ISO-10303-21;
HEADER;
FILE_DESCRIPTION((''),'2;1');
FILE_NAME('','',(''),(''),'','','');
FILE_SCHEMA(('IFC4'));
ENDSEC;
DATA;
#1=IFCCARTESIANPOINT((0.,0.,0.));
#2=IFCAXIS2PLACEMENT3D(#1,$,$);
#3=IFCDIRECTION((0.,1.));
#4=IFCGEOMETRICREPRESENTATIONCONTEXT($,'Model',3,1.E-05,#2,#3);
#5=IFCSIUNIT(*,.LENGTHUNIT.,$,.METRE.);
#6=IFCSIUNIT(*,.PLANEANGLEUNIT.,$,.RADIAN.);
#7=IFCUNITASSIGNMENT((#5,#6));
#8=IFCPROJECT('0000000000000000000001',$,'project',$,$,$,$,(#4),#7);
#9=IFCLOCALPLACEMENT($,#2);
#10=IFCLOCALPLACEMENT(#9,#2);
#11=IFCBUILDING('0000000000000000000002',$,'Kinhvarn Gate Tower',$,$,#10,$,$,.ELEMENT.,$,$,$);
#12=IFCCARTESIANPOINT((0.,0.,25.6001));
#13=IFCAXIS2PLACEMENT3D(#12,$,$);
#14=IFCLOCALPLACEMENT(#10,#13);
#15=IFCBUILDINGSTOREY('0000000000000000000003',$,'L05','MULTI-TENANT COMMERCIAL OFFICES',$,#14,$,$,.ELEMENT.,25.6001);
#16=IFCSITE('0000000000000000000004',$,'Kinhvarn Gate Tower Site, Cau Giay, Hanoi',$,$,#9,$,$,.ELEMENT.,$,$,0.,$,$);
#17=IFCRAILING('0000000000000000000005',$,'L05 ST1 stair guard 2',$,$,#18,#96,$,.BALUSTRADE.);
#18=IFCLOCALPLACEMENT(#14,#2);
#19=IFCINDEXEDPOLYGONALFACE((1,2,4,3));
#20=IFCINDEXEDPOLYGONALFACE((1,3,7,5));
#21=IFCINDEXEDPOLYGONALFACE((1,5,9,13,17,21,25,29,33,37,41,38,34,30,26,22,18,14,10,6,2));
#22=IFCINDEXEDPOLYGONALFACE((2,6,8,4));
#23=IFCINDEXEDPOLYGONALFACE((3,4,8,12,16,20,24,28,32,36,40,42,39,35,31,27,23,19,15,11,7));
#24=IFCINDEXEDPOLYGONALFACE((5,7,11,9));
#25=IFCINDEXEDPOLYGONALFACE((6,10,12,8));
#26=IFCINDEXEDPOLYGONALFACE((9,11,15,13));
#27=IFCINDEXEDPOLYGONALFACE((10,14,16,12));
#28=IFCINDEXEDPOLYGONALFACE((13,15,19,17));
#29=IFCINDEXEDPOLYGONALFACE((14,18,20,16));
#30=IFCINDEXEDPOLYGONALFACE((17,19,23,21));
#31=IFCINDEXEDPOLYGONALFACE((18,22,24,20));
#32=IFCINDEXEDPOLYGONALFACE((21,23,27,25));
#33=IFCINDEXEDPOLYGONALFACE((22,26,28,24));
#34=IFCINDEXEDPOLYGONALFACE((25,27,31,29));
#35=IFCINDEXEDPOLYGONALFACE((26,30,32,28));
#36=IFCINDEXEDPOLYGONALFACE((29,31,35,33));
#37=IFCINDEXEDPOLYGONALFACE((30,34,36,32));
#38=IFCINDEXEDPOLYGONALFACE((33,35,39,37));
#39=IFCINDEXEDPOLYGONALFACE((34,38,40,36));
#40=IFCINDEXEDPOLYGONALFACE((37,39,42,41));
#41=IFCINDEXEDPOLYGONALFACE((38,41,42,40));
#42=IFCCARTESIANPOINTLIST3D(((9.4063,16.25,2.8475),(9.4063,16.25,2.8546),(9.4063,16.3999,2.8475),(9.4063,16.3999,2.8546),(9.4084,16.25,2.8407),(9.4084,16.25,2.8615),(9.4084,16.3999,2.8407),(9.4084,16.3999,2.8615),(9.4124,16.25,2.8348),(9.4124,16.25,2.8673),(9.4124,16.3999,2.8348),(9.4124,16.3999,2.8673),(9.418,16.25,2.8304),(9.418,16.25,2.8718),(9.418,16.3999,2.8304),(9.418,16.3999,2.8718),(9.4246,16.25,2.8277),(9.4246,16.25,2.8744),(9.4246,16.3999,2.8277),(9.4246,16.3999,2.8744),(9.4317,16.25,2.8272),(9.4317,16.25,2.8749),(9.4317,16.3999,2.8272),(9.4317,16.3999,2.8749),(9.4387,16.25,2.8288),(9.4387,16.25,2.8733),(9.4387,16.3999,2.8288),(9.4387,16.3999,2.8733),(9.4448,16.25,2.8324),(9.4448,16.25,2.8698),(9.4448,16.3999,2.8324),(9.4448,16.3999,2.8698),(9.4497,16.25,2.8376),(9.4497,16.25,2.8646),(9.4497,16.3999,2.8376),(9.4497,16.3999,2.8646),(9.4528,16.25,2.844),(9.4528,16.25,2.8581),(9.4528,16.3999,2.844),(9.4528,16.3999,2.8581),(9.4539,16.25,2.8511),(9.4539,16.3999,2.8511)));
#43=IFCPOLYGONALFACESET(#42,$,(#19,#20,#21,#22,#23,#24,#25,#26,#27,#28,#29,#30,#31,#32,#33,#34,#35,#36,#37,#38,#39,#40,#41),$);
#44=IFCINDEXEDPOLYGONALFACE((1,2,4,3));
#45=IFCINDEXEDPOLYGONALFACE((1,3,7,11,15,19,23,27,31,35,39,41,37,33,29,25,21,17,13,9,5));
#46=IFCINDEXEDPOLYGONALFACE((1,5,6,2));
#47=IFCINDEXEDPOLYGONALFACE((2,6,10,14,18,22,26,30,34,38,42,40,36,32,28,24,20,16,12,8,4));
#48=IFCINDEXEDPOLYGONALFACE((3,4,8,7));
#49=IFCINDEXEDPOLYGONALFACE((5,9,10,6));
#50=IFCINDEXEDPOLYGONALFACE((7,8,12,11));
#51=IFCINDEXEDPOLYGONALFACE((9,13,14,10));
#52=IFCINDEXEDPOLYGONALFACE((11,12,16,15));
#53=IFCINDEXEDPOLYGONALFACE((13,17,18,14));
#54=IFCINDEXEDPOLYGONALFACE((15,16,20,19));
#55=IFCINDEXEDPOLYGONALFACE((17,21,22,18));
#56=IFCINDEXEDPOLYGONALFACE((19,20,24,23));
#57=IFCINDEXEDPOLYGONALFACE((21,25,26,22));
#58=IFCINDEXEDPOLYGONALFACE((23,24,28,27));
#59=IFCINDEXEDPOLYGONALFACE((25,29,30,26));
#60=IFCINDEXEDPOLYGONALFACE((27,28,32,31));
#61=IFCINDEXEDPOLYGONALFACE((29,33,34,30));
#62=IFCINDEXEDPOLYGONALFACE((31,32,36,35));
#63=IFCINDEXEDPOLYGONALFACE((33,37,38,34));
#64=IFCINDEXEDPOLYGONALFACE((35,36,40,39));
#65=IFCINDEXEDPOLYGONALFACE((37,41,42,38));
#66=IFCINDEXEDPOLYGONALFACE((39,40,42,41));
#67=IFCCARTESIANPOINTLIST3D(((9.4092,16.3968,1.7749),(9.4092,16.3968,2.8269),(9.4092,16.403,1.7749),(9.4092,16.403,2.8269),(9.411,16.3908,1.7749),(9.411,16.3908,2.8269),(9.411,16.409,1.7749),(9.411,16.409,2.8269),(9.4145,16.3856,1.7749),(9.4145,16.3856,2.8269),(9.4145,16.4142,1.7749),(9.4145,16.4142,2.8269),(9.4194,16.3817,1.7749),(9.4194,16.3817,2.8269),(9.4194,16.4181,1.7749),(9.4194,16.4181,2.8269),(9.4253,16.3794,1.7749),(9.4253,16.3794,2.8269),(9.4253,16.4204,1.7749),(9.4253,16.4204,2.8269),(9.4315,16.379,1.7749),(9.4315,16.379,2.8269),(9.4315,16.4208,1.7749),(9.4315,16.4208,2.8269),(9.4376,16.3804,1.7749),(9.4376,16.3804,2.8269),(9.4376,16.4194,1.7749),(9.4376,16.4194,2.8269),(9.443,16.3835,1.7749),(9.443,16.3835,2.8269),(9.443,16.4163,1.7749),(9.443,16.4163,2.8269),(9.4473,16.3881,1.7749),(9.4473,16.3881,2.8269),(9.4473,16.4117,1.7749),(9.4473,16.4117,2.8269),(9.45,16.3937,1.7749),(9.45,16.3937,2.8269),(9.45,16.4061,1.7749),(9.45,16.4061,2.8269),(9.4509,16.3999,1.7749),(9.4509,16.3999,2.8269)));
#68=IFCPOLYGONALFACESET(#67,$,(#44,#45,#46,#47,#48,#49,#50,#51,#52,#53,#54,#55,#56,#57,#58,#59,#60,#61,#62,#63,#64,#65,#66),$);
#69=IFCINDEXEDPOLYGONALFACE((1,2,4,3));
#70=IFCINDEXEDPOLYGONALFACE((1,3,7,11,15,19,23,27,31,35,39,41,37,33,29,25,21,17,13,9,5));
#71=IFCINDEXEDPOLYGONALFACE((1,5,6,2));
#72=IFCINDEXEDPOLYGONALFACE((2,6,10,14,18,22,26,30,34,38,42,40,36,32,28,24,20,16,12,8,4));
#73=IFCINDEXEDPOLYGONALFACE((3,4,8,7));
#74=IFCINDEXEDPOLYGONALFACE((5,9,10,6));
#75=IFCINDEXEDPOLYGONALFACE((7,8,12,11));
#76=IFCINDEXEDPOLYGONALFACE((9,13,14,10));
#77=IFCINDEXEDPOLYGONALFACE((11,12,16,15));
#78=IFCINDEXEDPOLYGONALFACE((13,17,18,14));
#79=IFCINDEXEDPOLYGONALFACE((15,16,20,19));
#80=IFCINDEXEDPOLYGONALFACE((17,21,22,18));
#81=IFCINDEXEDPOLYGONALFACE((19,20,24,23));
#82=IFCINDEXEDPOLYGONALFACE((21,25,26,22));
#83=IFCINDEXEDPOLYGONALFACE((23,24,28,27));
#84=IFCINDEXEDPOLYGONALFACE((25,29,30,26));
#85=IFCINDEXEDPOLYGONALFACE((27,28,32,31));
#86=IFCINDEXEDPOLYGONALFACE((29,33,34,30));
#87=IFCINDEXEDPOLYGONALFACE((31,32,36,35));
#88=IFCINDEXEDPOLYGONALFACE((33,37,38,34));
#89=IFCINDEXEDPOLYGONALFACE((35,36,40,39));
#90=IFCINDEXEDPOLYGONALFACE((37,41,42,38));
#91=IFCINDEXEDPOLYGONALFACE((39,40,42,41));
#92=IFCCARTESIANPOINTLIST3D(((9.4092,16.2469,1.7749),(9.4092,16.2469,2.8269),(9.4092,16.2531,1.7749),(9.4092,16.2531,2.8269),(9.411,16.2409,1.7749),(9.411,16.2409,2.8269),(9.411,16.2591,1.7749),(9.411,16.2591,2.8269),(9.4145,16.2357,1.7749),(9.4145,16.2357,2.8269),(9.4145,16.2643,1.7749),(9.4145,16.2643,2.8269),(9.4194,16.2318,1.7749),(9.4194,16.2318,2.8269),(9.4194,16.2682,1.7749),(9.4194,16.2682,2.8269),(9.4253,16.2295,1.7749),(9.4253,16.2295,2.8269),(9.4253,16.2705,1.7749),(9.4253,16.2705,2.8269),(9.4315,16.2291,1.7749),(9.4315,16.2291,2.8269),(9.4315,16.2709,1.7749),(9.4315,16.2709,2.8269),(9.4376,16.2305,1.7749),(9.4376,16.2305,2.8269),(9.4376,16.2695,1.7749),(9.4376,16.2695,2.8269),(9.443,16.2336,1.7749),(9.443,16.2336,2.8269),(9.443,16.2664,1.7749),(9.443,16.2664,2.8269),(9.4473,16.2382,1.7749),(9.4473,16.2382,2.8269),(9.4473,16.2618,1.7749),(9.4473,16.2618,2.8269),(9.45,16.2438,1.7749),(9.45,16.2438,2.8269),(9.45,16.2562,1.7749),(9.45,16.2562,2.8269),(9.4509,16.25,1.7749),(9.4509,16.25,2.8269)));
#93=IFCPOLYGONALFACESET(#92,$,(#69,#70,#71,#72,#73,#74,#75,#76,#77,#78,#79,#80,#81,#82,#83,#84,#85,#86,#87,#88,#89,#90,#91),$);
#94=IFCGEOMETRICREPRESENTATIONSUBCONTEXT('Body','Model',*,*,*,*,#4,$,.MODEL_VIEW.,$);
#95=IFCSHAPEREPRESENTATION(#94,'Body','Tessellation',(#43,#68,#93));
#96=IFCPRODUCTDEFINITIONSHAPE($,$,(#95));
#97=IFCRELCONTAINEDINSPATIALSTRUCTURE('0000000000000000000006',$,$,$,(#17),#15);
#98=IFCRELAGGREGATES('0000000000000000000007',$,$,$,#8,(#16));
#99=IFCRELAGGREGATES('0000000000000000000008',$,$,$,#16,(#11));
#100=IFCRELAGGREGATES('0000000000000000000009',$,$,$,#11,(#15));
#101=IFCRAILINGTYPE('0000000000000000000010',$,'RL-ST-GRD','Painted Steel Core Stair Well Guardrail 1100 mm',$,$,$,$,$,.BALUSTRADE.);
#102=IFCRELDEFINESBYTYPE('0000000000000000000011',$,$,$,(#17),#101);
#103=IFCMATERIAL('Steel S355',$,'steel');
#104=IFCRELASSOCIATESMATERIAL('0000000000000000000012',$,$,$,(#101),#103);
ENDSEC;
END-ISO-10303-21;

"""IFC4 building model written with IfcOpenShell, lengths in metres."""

from ifc_helpers import new_model, si_unit, direction, frame, origin, origin_2d, place, context, subcontext, project, spatial, circle, extrude, material, type_object, element, save


model = new_model("IFC4")

# Units and contexts
model_context = context("Model", 3, precision=1e-05, world=origin(), true_north=direction((0.0, 1.0)))
body_context = subcontext(model_context, "Body", "Model", "MODEL_VIEW")
ifc_project = project(units=[si_unit("LENGTHUNIT", "METRE"), si_unit("PLANEANGLEUNIT", "RADIAN")], contexts=[model_context])

# Site, building, storey
site_placement = place(None, origin())
site = spatial("IfcSite", under=ifc_project, at=site_placement, Name="Kinhvarn Gate Tower Site, Cau Giay, Hanoi", CompositionType="ELEMENT", RefElevation=0.0)
building_placement = place(site_placement, origin())
building = spatial("IfcBuilding", under=site, at=building_placement, Name="Kinhvarn Gate Tower", CompositionType="ELEMENT")
storey_placement = place(building_placement, frame((0.0, 0.0, 25.6001)))
storey = spatial("IfcBuildingStorey", under=building, at=storey_placement, Name="L05", Description="MULTI-TENANT COMMERCIAL OFFICES", CompositionType="ELEMENT", Elevation=25.6001)

# Shared definitions
ifc_material_1 = material(Name="Steel S355", Category="steel")

# Railing
railing_type_1 = type_object("IfcRailingType", Name="RL-ST-GRD", Description="Painted Steel Core Stair Well Guardrail 1100 mm", PredefinedType="BALUSTRADE", material=ifc_material_1)
railing_1_placement = place(storey_placement, frame((9.4299, 16.3999, 1.7749)))
element("IfcRailing", 1, at=railing_1_placement, inside=storey, type_object=railing_type_1, Name="L05 ST1 stair guard 2", PredefinedType="BALUSTRADE", context=body_context, shape_type="SweptSolid", body=[
    extrude(circle(Radius=0.0239, at=origin_2d()), frame((0.0, 0.0, 1.0762), z_axis=(0.0, -1.0, 0.0), x_axis=(1.0, 0.0, 0.0)), (0.0, 0.0, 1.0), 0.1499),
    extrude(circle(Radius=0.021, at=origin_2d()), origin(), (0.0, 0.0, 1.0), 1.052),
    extrude(circle(Radius=0.021, at=origin_2d()), frame((0.0, -0.1499, 0.0)), (0.0, 0.0, 1.0), 1.052),
])

save(model, "model.ifc")
